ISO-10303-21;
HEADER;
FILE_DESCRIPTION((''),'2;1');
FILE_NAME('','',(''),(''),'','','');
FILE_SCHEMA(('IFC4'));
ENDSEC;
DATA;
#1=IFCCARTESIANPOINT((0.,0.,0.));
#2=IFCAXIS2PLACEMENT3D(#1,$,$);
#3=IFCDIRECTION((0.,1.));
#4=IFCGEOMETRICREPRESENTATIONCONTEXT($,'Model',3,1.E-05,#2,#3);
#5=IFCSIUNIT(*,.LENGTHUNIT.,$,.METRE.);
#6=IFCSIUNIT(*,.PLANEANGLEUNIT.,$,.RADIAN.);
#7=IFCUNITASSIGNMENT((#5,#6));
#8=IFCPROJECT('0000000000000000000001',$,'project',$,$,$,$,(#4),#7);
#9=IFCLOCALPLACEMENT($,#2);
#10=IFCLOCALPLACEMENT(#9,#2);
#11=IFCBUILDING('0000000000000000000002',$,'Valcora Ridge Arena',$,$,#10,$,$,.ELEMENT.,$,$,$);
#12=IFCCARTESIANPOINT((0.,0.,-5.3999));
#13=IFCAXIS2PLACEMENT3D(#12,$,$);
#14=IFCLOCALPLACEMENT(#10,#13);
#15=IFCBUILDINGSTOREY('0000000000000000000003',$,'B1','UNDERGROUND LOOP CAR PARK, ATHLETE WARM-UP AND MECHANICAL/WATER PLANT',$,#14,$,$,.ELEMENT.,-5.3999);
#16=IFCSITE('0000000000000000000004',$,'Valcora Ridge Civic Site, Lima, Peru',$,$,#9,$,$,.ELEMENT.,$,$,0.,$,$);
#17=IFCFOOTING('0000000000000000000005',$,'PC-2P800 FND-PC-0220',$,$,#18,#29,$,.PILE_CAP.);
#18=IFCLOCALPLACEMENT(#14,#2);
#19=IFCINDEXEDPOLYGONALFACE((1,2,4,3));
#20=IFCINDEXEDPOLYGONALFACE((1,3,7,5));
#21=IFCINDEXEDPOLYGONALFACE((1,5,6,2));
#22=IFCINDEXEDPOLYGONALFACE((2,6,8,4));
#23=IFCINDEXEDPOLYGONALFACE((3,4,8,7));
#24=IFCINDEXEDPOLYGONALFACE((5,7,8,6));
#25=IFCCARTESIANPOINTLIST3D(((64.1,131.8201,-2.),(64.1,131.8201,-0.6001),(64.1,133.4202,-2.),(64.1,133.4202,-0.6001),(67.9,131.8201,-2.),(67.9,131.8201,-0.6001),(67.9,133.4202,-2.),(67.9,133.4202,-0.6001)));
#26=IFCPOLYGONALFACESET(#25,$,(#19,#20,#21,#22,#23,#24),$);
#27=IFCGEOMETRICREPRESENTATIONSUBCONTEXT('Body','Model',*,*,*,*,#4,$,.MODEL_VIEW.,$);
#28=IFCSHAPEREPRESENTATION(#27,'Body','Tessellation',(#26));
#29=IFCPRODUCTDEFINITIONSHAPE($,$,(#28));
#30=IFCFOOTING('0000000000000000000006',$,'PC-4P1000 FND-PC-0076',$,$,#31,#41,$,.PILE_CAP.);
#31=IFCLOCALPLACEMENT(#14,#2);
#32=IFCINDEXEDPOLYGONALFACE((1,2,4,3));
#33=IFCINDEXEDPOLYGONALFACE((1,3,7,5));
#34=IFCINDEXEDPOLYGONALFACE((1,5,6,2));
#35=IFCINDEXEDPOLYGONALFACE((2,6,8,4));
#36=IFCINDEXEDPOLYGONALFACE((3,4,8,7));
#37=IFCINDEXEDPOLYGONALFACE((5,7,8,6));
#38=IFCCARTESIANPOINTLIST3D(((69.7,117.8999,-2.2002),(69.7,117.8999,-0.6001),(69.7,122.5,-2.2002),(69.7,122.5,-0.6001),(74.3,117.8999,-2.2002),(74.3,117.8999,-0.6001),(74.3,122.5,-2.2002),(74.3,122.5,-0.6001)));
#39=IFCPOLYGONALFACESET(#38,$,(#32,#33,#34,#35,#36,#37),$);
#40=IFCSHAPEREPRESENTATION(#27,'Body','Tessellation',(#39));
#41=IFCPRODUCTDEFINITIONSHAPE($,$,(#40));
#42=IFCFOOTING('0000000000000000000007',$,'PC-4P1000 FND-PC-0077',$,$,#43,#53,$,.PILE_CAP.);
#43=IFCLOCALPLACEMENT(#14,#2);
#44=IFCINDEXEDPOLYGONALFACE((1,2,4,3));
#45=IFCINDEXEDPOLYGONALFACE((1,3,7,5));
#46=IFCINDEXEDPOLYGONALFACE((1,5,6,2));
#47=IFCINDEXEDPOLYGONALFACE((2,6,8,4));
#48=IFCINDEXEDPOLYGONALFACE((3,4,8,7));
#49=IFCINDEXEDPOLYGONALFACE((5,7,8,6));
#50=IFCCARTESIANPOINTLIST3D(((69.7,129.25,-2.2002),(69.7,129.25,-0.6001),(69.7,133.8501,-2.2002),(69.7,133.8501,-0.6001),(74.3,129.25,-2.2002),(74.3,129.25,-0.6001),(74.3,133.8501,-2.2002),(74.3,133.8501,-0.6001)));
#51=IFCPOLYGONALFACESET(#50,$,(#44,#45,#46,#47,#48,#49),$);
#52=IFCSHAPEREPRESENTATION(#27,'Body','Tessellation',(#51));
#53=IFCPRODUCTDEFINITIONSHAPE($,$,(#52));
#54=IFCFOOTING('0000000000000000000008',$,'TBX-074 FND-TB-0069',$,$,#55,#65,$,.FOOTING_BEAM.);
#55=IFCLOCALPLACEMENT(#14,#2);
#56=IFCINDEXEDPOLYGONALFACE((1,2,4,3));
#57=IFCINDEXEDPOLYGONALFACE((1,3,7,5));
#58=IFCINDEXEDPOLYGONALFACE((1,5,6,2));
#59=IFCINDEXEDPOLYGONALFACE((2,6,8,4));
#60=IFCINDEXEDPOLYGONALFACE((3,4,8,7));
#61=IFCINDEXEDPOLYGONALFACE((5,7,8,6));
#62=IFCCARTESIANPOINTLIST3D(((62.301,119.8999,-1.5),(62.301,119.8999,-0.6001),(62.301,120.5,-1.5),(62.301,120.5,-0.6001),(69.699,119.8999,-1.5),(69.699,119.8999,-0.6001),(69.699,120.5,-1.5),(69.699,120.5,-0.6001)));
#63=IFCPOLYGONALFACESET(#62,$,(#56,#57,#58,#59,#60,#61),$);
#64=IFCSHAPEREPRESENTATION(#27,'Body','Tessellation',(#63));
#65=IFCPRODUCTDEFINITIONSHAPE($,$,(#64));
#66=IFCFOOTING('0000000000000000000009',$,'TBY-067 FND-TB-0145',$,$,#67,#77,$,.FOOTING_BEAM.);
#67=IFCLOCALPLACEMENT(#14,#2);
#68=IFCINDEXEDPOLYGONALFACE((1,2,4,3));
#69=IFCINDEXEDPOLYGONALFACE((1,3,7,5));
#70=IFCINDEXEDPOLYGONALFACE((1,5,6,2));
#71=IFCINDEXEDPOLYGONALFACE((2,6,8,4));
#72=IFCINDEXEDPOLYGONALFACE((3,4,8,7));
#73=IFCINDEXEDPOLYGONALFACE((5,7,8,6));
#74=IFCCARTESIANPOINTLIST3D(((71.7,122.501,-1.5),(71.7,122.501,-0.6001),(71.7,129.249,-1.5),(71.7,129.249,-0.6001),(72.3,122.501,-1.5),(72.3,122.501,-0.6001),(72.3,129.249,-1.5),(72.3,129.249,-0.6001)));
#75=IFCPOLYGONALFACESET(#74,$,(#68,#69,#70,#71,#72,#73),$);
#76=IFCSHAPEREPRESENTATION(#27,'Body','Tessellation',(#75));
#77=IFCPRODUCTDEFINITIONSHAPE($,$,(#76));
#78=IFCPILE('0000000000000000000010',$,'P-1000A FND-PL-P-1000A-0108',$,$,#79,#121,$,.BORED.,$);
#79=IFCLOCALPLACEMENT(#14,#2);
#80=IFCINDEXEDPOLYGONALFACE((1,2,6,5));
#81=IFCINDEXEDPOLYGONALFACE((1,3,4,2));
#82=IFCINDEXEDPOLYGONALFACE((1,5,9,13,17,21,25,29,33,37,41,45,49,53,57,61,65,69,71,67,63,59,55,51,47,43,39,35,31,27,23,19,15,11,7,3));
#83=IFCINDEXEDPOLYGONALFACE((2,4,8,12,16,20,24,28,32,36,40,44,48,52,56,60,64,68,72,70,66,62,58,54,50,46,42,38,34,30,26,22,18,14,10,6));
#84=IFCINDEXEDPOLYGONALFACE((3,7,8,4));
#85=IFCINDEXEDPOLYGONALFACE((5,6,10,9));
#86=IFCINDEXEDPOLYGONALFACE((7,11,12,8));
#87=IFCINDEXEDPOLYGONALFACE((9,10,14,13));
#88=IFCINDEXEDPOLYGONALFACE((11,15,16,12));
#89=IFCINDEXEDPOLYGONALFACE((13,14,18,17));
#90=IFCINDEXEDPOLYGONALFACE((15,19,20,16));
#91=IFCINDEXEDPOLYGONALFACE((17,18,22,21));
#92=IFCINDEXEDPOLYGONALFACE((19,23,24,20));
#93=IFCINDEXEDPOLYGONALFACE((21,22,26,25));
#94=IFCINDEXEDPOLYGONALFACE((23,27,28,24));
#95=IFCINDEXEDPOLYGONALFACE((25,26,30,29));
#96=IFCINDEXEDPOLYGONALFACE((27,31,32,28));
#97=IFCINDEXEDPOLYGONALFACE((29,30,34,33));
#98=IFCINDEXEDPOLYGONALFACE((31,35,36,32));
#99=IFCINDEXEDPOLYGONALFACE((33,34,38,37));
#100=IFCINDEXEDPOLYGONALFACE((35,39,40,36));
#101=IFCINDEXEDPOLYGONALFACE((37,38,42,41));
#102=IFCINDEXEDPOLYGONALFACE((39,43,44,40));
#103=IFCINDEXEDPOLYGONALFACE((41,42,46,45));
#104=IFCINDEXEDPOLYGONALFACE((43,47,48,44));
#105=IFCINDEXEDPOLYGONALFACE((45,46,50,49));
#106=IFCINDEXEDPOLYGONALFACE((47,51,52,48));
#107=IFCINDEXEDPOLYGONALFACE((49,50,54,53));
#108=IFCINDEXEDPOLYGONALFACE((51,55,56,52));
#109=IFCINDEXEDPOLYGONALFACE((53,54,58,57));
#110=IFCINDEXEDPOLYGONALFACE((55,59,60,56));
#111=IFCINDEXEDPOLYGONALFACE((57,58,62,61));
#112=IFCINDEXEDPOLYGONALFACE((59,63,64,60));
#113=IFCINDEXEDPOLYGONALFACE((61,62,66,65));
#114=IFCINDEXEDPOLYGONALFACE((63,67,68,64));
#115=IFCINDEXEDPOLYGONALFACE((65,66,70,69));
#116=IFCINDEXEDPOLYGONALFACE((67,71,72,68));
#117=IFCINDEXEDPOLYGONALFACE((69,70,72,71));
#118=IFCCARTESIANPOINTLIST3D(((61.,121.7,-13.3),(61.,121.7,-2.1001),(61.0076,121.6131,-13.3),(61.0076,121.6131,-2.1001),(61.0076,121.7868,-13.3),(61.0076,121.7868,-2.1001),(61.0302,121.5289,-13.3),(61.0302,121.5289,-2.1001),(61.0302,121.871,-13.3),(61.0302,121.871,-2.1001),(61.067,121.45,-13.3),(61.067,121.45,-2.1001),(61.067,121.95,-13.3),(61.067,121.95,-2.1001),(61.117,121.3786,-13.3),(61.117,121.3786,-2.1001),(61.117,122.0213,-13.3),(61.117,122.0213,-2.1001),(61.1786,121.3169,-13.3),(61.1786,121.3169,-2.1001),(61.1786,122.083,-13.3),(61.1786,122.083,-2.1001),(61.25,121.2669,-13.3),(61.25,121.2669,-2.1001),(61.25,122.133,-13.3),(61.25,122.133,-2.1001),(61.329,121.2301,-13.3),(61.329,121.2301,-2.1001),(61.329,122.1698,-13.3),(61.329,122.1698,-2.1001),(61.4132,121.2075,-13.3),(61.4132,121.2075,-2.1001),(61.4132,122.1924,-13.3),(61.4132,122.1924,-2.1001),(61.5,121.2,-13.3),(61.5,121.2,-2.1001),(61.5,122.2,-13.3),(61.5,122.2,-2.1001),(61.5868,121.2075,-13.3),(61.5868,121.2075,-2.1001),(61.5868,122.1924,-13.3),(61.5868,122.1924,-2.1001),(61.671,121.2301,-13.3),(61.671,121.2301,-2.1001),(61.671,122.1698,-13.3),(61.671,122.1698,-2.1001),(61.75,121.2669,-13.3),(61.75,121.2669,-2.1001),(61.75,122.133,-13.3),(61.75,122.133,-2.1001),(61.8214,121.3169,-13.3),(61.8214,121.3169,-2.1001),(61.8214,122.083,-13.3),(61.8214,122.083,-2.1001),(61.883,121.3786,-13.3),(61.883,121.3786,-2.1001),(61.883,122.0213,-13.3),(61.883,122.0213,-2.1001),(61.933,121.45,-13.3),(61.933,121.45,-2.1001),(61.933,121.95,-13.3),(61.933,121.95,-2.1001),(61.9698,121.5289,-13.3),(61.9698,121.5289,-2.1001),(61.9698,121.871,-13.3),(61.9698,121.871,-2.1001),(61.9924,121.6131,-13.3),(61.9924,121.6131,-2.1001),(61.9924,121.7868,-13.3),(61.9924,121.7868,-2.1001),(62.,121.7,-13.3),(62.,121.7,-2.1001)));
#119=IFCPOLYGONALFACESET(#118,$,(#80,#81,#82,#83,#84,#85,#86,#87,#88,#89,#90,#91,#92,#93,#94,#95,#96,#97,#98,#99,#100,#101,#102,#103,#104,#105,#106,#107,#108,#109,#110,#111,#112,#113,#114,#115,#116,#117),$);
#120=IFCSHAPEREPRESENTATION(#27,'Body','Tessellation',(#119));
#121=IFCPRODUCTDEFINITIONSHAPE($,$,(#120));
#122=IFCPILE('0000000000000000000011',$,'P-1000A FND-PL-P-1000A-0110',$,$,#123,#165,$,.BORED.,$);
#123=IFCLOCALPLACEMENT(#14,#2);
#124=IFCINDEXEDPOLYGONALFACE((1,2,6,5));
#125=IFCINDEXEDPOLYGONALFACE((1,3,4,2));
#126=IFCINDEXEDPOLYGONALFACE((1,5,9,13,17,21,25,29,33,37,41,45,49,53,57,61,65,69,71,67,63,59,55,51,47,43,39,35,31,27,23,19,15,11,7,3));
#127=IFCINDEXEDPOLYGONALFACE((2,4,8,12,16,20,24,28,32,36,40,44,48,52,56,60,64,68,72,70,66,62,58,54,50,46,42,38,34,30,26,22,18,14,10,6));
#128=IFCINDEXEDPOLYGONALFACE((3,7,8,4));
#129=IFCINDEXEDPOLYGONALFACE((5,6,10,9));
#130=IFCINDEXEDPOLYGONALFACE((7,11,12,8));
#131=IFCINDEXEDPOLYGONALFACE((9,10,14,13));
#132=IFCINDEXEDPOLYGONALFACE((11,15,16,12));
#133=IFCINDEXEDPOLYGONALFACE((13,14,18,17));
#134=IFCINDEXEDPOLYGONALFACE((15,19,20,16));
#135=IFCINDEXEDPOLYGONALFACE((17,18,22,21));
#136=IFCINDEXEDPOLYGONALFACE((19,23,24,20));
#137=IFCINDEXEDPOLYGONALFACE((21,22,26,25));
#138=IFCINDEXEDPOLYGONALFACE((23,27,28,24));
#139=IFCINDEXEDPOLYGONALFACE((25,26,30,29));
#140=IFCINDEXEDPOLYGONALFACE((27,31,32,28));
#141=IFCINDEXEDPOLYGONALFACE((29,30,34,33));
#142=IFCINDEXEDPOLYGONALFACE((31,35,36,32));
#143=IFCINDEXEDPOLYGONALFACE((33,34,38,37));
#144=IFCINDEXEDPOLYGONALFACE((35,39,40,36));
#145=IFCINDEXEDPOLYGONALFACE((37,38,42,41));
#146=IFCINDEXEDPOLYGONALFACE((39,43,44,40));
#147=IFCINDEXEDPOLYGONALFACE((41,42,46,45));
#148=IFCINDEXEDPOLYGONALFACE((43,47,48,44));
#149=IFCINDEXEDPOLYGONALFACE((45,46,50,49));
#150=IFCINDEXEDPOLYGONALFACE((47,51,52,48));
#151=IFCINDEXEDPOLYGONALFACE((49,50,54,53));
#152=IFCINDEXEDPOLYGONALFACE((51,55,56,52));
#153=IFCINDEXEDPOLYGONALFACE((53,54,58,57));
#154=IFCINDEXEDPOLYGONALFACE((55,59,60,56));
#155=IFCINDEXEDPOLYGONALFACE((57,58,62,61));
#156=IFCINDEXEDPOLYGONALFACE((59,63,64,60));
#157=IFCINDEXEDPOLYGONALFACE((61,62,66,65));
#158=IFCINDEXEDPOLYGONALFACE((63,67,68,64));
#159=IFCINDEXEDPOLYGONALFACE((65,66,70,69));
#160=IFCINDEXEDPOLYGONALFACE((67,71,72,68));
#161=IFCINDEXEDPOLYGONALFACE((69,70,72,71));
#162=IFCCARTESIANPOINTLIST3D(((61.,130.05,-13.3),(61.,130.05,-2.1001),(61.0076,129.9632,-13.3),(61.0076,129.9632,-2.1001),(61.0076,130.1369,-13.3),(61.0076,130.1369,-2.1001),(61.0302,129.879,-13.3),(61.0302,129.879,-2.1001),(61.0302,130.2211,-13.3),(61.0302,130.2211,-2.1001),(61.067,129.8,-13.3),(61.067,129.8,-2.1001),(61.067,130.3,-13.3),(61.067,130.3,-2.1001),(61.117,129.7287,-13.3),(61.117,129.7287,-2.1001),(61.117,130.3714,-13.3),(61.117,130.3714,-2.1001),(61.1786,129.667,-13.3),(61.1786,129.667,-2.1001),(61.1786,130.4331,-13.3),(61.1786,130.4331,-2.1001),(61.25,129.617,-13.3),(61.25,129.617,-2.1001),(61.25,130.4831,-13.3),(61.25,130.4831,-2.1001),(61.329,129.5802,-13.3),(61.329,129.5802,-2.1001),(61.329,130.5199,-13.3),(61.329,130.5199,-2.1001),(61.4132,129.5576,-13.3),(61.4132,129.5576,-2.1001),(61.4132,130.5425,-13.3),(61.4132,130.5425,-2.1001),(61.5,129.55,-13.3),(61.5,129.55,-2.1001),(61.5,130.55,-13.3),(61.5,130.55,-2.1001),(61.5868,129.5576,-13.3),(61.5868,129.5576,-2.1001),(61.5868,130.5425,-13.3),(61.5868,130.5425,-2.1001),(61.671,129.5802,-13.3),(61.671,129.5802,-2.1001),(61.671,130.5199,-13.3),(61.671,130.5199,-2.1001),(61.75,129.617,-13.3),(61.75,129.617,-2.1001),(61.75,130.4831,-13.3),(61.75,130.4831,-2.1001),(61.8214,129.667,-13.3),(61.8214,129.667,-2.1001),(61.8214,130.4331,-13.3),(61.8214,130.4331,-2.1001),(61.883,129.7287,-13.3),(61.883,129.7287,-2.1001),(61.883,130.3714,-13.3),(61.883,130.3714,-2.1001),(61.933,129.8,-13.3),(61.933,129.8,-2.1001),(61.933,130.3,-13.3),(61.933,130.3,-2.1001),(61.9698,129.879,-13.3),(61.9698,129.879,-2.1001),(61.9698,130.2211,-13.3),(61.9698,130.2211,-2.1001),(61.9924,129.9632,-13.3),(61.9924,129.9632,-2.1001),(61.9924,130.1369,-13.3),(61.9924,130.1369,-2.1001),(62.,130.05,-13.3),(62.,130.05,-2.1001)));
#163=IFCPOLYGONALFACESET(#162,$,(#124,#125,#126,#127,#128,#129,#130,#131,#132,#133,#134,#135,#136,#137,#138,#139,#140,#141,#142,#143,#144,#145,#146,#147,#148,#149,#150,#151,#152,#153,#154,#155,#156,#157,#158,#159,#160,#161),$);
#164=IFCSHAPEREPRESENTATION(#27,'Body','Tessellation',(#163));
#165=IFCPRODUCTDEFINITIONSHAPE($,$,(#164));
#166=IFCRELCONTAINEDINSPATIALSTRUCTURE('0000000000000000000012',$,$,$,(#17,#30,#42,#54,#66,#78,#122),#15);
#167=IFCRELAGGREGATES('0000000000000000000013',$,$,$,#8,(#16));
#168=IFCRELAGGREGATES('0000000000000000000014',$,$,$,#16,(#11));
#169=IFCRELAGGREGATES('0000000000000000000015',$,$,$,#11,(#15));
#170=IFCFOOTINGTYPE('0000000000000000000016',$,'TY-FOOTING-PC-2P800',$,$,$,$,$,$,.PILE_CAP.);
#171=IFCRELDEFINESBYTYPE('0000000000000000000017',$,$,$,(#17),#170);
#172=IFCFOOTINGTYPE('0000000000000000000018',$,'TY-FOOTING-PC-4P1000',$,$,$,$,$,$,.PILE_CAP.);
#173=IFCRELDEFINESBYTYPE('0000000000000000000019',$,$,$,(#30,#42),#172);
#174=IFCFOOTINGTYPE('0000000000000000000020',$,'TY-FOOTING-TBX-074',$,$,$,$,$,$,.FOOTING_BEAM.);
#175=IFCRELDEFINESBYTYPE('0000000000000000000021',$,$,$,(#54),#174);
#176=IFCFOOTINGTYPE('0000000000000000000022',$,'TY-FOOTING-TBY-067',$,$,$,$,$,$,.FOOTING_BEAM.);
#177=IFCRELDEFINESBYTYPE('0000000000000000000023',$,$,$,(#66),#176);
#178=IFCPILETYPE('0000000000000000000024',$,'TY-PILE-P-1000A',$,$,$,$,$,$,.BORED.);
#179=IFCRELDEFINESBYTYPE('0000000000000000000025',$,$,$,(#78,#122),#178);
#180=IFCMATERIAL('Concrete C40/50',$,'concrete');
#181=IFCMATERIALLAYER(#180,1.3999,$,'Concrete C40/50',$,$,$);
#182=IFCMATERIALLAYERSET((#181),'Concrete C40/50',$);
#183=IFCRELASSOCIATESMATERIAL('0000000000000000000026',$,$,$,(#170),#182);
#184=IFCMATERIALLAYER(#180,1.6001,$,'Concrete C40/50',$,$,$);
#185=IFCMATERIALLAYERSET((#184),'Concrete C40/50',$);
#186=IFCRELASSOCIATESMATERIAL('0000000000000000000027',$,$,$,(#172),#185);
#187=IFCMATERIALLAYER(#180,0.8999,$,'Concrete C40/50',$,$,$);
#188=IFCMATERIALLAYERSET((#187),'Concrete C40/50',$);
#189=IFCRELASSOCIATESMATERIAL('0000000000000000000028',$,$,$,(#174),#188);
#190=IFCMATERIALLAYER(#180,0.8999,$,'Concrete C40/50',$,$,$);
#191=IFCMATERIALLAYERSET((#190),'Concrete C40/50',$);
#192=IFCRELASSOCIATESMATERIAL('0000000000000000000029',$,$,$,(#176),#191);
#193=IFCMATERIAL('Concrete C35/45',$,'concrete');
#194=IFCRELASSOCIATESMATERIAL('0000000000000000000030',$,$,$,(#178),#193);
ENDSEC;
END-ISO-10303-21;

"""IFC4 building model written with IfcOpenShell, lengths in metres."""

from ifc_helpers import new_model, si_unit, direction, frame, origin, origin_2d, place, context, subcontext, project, spatial, rectangle, circle, extrude, material, layer, layer_set, material_profile, profile_set, type_object, element, save


model = new_model("IFC4")

# Units and contexts
model_context = context("Model", 3, precision=1e-05, world=origin(), true_north=direction((0.0, 1.0)))
body_context = subcontext(model_context, "Body", "Model", "MODEL_VIEW")
ifc_project = project(units=[si_unit("LENGTHUNIT", "METRE"), si_unit("PLANEANGLEUNIT", "RADIAN")], contexts=[model_context])

# Site, building, storey
site_placement = place(None, origin())
site = spatial("IfcSite", under=ifc_project, at=site_placement, Name="Valcora Ridge Civic Site, Lima, Peru", CompositionType="ELEMENT", RefElevation=0.0)
building_placement = place(site_placement, origin())
building = spatial("IfcBuilding", under=site, at=building_placement, Name="Valcora Ridge Arena", CompositionType="ELEMENT")
storey_placement = place(building_placement, frame((0.0, 0.0, -5.3999)))
storey = spatial("IfcBuildingStorey", under=building, at=storey_placement, Name="B1", Description="UNDERGROUND LOOP CAR PARK, ATHLETE WARM-UP AND MECHANICAL/WATER PLANT", CompositionType="ELEMENT", Elevation=-5.3999)

# Footings
ifc_material_1 = material(Name="Concrete C40/50", Category="concrete")
ifc_layer_1 = layer(ifc_material_1, 1.3999, Name="Concrete C40/50")
ifc_layer_set_1 = layer_set([ifc_layer_1], Name="Concrete C40/50")
footing_type_1 = type_object("IfcFootingType", Name="TY-FOOTING-PC-2P800", PredefinedType="PILE_CAP", material=ifc_layer_set_1)
footing_1_placement = place(storey_placement, frame((66.0, 132.6201, -2.0), z_axis=(0.0, 0.0, 1.0), x_axis=(1.0, 0.0, 0.0)))
element("IfcFooting", 1, at=footing_1_placement, inside=storey, type_object=footing_type_1, Name="PC-2P800 FND-PC-0220", PredefinedType="PILE_CAP", context=body_context, shape_type="SweptSolid", body=[
    extrude(rectangle(XDim=3.8, YDim=1.6001, at=origin_2d()), origin(), (0.0, 0.0, 1.0), 1.3999),
])
ifc_layer_2 = layer(ifc_material_1, 1.6001, Name="Concrete C40/50")
ifc_layer_set_2 = layer_set([ifc_layer_2], Name="Concrete C40/50")
footing_type_2 = type_object("IfcFootingType", Name="TY-FOOTING-PC-4P1000", PredefinedType="PILE_CAP", material=ifc_layer_set_2)
for number, where, z_axis, x_axis, name in (
    (2, (72.0, 120.2, -2.2002), (0.0, 0.0, 1.0), (1.0, 0.0, 0.0), "PC-4P1000 FND-PC-0076"),
    (3, (72.0, 131.55, -2.2002), (0.0, 0.0, 1.0), (1.0, 0.0, 0.0), "PC-4P1000 FND-PC-0077"),
):
    element("IfcFooting", number, at=place(storey_placement, frame(where, z_axis=z_axis, x_axis=x_axis)), inside=storey, type_object=footing_type_2, Name=name, PredefinedType="PILE_CAP", context=body_context, shape_type="SweptSolid", body=[
        extrude(rectangle(XDim=4.6001, YDim=4.6001, at=origin_2d()), origin(), (0.0, 0.0, 1.0), 1.6001),
    ])
ifc_layer_3 = layer(ifc_material_1, 0.8999, Name="Concrete C40/50")
ifc_layer_set_3 = layer_set([ifc_layer_3], Name="Concrete C40/50")
footing_type_3 = type_object("IfcFootingType", Name="TY-FOOTING-TBX-074", PredefinedType="FOOTING_BEAM", material=ifc_layer_set_3)
footing_2_placement = place(storey_placement, frame((66.0, 120.2, -1.5), z_axis=(0.0, 0.0, 1.0), x_axis=(1.0, 0.0, 0.0)))
element("IfcFooting", 4, at=footing_2_placement, inside=storey, type_object=footing_type_3, Name="TBX-074 FND-TB-0069", PredefinedType="FOOTING_BEAM", context=body_context, shape_type="SweptSolid", body=[
    extrude(rectangle(XDim=7.3979, YDim=0.6001, at=origin_2d()), origin(), (0.0, 0.0, 1.0), 0.8999),
])
ifc_layer_4 = layer(ifc_material_1, 0.8999, Name="Concrete C40/50")
ifc_layer_set_4 = layer_set([ifc_layer_4], Name="Concrete C40/50")
footing_type_4 = type_object("IfcFootingType", Name="TY-FOOTING-TBY-067", PredefinedType="FOOTING_BEAM", material=ifc_layer_set_4)
footing_3_placement = place(storey_placement, frame((72.0, 125.875, -1.5), z_axis=(0.0, 0.0, 1.0), x_axis=(1.0, 0.0, 0.0)))
element("IfcFooting", 5, at=footing_3_placement, inside=storey, type_object=footing_type_4, Name="TBY-067 FND-TB-0145", PredefinedType="FOOTING_BEAM", context=body_context, shape_type="SweptSolid", body=[
    extrude(rectangle(XDim=0.6001, YDim=6.748, at=origin_2d()), origin(), (0.0, 0.0, 1.0), 0.8999),
])

# Piles
ifc_material_2 = material(Name="Concrete C35/45", Category="concrete")
ifc_material_profile_1 = material_profile(ifc_material_2, circle(Radius=0.5, at=origin_2d()), Name="BORED PILE D1000")
ifc_profile_set_1 = profile_set([ifc_material_profile_1], Name="Concrete C35/45")
pile_type_1 = type_object("IfcPileType", Name="TY-PILE-P-1000A", PredefinedType="BORED", material=ifc_profile_set_1)
for number, where, z_axis, x_axis, name in (
    (6, (61.5, 121.7, -2.1001), (0.0, 0.0, -1.0), (1.0, 0.0, 0.0), "P-1000A FND-PL-P-1000A-0108"),
    (7, (61.5, 130.05, -2.1001), (0.0, 0.0, -1.0), (1.0, 0.0, 0.0), "P-1000A FND-PL-P-1000A-0110"),
):
    element("IfcPile", number, at=place(storey_placement, frame(where, z_axis=z_axis, x_axis=x_axis)), inside=storey, type_object=pile_type_1, Name=name, PredefinedType="BORED", context=body_context, shape_type="SweptSolid", body=[
        extrude(circle(Radius=0.5, at=origin_2d()), origin(), (0.0, 0.0, 1.0), 11.2),
    ])

save(model, "model.ifc")
